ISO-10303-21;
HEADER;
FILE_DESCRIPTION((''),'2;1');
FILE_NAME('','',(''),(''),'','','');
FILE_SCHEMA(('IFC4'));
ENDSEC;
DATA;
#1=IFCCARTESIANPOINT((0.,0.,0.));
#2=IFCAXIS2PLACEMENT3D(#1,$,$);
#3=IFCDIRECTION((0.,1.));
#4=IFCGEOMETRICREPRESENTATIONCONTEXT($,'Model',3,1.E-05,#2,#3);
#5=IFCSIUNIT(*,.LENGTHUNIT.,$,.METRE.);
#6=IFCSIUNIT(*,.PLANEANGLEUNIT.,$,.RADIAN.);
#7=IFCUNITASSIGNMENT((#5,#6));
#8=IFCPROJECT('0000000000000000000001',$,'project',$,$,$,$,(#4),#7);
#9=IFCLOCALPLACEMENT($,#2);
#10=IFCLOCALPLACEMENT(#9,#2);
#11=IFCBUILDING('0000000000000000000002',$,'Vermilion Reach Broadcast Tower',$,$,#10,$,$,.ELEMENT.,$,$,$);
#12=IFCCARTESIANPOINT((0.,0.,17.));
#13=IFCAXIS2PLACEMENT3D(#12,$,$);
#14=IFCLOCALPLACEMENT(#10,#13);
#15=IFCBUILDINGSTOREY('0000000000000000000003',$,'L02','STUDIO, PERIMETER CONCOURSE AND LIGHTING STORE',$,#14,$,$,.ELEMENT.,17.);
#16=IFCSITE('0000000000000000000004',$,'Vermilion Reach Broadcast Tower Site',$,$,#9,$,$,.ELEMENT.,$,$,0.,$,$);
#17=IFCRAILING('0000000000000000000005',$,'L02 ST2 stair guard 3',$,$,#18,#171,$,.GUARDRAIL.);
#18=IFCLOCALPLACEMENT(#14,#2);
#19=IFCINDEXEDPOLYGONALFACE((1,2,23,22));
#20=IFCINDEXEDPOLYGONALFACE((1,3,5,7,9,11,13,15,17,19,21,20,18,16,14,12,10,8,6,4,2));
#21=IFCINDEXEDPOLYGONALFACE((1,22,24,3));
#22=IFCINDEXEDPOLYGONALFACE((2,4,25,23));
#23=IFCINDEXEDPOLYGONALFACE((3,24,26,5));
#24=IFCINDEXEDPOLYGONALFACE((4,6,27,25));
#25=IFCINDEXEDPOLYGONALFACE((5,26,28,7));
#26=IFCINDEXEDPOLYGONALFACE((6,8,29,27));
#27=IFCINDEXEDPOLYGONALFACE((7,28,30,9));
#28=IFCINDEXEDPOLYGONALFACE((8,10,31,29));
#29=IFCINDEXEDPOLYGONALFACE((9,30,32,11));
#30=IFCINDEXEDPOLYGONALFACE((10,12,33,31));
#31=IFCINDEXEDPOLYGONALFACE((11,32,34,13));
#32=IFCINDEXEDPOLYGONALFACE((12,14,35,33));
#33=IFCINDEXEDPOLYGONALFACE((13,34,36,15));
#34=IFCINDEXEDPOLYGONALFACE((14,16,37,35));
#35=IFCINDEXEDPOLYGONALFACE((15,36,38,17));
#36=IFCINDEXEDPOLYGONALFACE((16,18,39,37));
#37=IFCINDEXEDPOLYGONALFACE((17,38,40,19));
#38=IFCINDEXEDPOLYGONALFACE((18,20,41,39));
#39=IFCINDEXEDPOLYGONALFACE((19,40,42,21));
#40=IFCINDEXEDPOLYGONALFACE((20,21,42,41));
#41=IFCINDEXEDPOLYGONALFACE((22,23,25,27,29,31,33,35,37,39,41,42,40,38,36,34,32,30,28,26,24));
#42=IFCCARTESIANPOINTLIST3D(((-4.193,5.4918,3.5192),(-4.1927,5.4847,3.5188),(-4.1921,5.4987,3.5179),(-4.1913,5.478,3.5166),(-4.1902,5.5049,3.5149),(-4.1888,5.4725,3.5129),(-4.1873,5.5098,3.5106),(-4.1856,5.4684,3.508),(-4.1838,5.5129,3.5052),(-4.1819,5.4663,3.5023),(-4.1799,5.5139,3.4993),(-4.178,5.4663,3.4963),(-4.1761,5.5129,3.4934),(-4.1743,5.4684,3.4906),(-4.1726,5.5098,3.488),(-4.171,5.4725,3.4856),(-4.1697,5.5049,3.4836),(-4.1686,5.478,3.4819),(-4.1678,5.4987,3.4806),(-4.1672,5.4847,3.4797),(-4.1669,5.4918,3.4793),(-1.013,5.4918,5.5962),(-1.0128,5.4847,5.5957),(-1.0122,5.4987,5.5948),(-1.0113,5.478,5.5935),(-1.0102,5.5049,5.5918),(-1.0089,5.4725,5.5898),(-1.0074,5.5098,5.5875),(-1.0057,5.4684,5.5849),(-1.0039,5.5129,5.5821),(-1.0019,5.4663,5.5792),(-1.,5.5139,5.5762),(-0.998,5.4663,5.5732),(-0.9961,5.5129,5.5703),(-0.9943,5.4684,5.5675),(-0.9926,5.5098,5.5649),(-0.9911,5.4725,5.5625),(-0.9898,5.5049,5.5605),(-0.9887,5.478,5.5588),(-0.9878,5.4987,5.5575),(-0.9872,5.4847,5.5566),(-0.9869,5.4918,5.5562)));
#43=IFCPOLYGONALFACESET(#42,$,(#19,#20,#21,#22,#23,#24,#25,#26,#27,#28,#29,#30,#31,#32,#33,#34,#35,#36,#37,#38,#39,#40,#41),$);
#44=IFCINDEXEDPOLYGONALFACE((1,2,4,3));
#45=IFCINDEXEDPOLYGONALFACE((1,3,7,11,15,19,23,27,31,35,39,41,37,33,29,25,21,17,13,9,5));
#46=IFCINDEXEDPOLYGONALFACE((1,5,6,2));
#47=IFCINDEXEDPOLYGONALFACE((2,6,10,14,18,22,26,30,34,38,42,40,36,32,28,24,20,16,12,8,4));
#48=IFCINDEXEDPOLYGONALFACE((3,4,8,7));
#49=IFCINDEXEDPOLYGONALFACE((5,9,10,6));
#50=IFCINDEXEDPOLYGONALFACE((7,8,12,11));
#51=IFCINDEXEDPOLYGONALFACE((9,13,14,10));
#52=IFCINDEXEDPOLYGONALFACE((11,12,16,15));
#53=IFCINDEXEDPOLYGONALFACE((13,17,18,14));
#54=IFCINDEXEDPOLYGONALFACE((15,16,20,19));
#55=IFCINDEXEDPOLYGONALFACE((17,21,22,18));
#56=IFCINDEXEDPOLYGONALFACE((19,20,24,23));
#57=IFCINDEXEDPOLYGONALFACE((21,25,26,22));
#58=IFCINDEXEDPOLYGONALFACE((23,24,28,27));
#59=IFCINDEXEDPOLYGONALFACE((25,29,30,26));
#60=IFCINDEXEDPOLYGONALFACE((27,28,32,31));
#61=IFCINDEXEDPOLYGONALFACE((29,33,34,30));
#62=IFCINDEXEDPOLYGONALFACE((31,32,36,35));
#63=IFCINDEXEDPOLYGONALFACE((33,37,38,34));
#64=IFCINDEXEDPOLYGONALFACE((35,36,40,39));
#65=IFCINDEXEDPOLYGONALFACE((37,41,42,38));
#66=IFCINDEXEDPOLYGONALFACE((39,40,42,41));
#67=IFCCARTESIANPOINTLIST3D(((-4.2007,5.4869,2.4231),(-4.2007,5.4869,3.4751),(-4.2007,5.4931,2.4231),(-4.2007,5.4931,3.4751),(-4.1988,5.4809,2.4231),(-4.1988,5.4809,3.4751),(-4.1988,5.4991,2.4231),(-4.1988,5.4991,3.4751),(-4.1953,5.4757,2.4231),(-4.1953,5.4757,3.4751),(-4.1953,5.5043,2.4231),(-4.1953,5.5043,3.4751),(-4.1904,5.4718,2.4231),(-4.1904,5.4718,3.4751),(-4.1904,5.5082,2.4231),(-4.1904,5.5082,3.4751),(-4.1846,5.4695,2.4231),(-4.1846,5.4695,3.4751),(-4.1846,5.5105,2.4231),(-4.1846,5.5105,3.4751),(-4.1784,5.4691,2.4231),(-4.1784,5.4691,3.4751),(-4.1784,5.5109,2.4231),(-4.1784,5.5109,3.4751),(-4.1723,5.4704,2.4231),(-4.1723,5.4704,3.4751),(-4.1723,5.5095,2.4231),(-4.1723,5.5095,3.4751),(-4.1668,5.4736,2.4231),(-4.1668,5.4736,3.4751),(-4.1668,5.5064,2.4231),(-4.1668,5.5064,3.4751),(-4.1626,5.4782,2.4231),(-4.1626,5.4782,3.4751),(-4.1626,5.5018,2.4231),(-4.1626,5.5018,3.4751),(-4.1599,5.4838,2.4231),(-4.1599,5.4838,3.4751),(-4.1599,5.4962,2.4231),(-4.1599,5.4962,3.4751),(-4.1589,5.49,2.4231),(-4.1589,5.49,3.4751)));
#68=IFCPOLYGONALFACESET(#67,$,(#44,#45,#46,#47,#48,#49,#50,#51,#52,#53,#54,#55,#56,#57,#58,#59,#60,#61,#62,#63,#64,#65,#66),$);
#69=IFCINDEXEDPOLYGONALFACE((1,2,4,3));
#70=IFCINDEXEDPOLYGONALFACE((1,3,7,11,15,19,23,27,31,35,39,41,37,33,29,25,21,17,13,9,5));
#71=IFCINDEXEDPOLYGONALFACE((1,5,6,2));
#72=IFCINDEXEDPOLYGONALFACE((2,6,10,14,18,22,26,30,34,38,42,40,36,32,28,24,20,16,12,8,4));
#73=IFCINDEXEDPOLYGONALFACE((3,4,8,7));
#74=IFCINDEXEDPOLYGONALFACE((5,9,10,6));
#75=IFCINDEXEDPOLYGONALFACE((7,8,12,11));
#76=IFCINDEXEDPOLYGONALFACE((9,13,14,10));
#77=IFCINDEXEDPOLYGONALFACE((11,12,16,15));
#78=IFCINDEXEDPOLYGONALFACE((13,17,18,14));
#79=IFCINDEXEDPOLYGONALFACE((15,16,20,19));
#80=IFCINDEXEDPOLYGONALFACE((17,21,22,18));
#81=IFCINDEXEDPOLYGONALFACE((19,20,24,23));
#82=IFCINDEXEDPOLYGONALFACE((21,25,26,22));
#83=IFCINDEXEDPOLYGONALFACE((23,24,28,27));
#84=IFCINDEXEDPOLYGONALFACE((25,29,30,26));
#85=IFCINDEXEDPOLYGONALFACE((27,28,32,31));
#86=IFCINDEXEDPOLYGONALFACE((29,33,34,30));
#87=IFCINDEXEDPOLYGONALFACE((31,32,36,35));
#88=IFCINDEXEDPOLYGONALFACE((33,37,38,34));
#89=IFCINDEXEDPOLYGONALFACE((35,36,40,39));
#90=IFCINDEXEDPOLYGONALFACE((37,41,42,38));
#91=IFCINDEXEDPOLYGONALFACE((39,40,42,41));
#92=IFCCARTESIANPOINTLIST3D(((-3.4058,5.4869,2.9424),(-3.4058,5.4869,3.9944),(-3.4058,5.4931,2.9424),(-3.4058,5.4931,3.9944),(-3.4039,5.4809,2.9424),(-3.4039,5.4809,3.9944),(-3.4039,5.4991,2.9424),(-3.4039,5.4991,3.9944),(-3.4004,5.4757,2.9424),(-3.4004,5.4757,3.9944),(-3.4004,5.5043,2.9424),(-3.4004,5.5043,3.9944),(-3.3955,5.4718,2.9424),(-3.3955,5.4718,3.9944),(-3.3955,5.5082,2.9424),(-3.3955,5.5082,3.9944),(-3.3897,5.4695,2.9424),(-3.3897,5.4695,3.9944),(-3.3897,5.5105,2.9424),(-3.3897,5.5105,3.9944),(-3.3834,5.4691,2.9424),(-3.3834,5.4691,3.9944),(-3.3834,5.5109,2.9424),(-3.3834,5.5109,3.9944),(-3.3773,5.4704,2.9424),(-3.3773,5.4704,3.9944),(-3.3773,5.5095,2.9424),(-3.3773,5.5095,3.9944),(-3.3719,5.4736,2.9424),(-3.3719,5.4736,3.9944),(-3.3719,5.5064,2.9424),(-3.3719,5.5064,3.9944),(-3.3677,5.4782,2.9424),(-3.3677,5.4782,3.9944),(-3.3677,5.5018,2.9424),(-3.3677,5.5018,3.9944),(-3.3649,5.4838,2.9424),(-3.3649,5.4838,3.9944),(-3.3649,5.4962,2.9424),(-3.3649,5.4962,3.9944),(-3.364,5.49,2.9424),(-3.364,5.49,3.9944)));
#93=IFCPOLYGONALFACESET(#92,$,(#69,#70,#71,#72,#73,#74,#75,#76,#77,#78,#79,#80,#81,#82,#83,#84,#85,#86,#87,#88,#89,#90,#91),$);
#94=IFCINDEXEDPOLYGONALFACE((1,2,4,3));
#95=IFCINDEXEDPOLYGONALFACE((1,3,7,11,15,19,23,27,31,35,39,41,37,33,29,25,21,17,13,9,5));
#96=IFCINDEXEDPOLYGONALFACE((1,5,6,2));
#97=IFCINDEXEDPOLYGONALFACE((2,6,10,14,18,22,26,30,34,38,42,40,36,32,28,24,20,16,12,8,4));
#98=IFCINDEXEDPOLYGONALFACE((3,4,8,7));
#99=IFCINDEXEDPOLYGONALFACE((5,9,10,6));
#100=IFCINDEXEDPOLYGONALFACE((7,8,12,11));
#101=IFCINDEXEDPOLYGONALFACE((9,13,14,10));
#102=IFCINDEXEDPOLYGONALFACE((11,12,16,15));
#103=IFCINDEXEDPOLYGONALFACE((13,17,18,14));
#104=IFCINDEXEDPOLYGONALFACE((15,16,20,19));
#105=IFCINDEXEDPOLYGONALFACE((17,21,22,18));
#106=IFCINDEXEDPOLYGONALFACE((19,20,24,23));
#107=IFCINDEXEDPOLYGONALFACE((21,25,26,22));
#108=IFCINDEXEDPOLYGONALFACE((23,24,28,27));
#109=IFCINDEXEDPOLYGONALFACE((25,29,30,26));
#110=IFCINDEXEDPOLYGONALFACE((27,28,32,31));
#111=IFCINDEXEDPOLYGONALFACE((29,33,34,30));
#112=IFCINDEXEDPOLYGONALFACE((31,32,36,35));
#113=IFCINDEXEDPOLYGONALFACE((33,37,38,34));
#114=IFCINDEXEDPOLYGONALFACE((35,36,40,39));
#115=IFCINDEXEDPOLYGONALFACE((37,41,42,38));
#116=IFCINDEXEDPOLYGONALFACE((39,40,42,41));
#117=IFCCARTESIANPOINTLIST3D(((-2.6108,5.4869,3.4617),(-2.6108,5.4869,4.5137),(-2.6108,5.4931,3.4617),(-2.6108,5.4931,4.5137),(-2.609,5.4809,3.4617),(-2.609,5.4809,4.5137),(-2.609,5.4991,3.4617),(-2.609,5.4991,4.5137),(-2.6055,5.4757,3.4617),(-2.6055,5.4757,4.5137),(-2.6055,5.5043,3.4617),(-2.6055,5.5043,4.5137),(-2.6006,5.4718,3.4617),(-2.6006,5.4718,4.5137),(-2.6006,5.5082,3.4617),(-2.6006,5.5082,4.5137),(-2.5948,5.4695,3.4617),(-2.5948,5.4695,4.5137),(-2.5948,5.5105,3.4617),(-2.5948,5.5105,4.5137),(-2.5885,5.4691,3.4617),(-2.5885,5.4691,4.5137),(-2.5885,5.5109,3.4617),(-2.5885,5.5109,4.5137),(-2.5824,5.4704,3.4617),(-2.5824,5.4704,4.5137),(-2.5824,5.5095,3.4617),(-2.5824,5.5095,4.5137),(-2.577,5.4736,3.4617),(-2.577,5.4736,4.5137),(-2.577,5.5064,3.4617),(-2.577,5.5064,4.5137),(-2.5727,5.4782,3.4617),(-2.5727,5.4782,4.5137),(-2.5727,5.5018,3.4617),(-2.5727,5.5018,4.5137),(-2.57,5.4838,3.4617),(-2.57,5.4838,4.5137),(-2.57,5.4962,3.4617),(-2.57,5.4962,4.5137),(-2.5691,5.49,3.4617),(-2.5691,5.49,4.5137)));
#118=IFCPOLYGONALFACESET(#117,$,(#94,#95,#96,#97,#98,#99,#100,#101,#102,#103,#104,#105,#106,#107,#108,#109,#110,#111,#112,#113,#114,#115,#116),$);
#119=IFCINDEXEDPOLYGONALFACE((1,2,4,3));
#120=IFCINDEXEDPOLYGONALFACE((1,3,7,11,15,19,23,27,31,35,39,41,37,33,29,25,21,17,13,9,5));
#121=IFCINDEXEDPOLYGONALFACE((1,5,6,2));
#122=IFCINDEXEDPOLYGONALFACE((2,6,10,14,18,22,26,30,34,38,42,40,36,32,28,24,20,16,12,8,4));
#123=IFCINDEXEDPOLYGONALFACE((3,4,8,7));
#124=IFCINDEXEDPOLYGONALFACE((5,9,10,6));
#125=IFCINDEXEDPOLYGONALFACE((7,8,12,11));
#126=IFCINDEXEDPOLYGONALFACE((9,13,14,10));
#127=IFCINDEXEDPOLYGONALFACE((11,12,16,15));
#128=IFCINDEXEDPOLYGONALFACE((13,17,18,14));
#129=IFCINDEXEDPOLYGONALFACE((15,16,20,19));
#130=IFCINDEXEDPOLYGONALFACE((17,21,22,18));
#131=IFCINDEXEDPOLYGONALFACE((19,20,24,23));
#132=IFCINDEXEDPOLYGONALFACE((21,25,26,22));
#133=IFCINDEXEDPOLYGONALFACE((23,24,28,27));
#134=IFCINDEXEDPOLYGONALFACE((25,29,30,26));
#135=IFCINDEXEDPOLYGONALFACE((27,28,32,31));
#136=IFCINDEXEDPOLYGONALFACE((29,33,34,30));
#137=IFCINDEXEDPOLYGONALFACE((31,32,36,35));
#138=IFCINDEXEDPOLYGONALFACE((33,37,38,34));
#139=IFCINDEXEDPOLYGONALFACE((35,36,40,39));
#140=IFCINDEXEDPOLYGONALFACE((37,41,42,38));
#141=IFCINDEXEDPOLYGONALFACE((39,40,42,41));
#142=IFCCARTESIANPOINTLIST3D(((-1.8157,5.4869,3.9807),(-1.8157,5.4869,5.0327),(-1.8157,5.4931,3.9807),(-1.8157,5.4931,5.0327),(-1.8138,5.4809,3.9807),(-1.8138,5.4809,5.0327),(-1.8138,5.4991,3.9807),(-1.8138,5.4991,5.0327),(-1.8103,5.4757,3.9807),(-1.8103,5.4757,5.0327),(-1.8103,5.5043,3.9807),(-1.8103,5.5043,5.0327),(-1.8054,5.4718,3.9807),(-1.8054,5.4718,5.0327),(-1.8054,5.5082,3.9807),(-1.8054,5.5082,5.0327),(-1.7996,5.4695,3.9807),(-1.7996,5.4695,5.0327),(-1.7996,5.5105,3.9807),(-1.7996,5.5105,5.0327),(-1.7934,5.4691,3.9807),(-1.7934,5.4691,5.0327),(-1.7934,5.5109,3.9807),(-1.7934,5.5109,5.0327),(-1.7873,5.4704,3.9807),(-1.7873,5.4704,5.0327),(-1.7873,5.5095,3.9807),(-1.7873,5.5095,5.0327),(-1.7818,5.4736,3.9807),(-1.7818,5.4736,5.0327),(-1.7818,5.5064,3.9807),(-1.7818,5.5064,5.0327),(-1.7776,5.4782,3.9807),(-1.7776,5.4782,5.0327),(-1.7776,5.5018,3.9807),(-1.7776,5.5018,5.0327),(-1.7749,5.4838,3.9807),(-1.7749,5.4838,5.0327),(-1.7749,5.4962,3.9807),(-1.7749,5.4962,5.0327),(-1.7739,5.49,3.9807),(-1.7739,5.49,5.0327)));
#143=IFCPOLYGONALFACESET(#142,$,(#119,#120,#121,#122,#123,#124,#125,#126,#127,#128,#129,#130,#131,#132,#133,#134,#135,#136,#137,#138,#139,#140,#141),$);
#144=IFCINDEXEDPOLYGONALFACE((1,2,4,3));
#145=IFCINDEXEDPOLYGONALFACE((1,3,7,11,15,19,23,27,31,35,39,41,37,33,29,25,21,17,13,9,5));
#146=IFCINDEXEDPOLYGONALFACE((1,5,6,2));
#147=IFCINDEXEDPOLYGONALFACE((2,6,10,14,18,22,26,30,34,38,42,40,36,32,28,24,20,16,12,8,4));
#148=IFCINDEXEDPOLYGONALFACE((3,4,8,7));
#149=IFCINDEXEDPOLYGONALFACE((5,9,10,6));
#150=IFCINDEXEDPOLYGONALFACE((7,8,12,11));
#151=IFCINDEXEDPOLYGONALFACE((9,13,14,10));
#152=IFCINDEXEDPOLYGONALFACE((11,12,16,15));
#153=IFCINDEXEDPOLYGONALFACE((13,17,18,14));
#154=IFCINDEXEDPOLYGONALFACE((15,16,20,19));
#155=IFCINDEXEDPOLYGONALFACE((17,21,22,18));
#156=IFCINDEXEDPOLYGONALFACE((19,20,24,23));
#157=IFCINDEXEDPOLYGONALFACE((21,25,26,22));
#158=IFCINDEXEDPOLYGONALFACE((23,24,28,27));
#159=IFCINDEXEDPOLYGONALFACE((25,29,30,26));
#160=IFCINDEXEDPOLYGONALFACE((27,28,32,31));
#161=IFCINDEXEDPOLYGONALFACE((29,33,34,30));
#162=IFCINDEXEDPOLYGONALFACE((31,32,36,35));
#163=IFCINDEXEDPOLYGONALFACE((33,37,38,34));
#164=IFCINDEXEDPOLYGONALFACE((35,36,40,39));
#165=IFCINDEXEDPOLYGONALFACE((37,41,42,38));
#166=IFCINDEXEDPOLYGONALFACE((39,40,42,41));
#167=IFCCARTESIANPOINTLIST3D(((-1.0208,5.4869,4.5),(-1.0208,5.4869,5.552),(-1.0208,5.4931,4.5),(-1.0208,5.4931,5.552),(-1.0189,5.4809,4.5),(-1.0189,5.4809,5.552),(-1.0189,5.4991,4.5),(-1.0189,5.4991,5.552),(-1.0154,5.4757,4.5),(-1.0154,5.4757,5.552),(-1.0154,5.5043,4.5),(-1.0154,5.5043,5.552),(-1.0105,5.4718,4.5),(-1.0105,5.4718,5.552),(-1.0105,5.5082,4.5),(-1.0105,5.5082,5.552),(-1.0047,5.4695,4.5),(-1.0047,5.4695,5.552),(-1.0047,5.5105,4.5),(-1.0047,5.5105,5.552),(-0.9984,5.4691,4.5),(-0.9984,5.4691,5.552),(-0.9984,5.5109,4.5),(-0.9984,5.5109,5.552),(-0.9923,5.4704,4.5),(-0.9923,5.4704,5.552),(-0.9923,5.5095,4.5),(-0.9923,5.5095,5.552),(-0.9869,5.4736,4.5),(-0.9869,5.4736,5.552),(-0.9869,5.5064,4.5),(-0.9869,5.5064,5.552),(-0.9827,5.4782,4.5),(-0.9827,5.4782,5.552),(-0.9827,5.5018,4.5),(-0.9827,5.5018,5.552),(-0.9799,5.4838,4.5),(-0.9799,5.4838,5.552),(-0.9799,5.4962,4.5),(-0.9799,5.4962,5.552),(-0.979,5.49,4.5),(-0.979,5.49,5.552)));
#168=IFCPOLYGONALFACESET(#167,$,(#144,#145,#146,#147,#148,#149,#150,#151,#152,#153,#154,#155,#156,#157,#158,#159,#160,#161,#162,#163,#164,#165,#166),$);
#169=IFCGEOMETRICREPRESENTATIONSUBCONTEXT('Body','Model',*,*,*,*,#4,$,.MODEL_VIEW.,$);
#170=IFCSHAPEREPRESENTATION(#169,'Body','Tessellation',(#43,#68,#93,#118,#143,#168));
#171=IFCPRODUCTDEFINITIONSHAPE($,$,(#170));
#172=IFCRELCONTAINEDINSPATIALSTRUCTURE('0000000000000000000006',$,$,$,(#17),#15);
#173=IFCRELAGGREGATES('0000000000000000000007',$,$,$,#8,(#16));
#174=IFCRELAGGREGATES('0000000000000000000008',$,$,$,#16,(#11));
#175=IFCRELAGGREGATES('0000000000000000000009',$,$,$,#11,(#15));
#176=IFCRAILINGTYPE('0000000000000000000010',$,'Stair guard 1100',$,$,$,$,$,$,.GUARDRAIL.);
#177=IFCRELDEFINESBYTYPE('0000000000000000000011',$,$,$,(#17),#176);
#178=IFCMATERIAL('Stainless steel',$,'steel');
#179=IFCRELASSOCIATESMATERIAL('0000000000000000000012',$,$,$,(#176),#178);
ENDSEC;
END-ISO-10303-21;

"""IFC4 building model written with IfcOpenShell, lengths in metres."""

from ifc_helpers import new_model, si_unit, direction, frame, origin, origin_2d, place, context, subcontext, project, spatial, circle, extrude, material, type_object, element, save


model = new_model("IFC4")

# Units and contexts
model_context = context("Model", 3, precision=1e-05, world=origin(), true_north=direction((0.0, 1.0)))
body_context = subcontext(model_context, "Body", "Model", "MODEL_VIEW")
ifc_project = project(units=[si_unit("LENGTHUNIT", "METRE"), si_unit("PLANEANGLEUNIT", "RADIAN")], contexts=[model_context])

# Site, building, storey
site_placement = place(None, origin())
site = spatial("IfcSite", under=ifc_project, at=site_placement, Name="Vermilion Reach Broadcast Tower Site", CompositionType="ELEMENT", RefElevation=0.0)
building_placement = place(site_placement, origin())
building = spatial("IfcBuilding", under=site, at=building_placement, Name="Vermilion Reach Broadcast Tower", CompositionType="ELEMENT")
storey_placement = place(building_placement, frame((0.0, 0.0, 17.0)))
storey = spatial("IfcBuildingStorey", under=building, at=storey_placement, Name="L02", Description="STUDIO, PERIMETER CONCOURSE AND LIGHTING STORE", CompositionType="ELEMENT", Elevation=17.0)

# Railing
ifc_material_1 = material(Name="Stainless steel", Category="steel")
railing_type_1 = type_object("IfcRailingType", Name="Stair guard 1100", PredefinedType="GUARDRAIL", material=ifc_material_1)
railing_1_placement = place(storey_placement, frame((-4.1799, 5.49, 2.4231)))
element("IfcRailing", 1, at=railing_1_placement, inside=storey, type_object=railing_type_1, Name="L02 ST2 stair guard 3", PredefinedType="GUARDRAIL", context=body_context, shape_type="SweptSolid", body=[
    extrude(circle(Radius=0.0239, at=origin_2d()), frame((0.0, 0.0, 1.0762), z_axis=(0.837245, 0.0, 0.546828), x_axis=(0.0, 1.0, 0.0)), (0.0, 0.0, 1.0), 3.7981),
    extrude(circle(Radius=0.021, at=origin_2d()), origin(), (0.0, 0.0, 1.0), 1.052),
    extrude(circle(Radius=0.021, at=origin_2d()), frame((0.7949, 0.0, 0.5193)), (0.0, 0.0, 1.0), 1.052),
    extrude(circle(Radius=0.021, at=origin_2d()), frame((1.5898, 0.0, 1.0386)), (0.0, 0.0, 1.0), 1.052),
    extrude(circle(Radius=0.021, at=origin_2d()), frame((2.385, 0.0, 1.5576)), (0.0, 0.0, 1.0), 1.052),
    extrude(circle(Radius=0.021, at=origin_2d()), frame((3.1799, 0.0, 2.0769)), (0.0, 0.0, 1.0), 1.052),
])

save(model, "model.ifc")
